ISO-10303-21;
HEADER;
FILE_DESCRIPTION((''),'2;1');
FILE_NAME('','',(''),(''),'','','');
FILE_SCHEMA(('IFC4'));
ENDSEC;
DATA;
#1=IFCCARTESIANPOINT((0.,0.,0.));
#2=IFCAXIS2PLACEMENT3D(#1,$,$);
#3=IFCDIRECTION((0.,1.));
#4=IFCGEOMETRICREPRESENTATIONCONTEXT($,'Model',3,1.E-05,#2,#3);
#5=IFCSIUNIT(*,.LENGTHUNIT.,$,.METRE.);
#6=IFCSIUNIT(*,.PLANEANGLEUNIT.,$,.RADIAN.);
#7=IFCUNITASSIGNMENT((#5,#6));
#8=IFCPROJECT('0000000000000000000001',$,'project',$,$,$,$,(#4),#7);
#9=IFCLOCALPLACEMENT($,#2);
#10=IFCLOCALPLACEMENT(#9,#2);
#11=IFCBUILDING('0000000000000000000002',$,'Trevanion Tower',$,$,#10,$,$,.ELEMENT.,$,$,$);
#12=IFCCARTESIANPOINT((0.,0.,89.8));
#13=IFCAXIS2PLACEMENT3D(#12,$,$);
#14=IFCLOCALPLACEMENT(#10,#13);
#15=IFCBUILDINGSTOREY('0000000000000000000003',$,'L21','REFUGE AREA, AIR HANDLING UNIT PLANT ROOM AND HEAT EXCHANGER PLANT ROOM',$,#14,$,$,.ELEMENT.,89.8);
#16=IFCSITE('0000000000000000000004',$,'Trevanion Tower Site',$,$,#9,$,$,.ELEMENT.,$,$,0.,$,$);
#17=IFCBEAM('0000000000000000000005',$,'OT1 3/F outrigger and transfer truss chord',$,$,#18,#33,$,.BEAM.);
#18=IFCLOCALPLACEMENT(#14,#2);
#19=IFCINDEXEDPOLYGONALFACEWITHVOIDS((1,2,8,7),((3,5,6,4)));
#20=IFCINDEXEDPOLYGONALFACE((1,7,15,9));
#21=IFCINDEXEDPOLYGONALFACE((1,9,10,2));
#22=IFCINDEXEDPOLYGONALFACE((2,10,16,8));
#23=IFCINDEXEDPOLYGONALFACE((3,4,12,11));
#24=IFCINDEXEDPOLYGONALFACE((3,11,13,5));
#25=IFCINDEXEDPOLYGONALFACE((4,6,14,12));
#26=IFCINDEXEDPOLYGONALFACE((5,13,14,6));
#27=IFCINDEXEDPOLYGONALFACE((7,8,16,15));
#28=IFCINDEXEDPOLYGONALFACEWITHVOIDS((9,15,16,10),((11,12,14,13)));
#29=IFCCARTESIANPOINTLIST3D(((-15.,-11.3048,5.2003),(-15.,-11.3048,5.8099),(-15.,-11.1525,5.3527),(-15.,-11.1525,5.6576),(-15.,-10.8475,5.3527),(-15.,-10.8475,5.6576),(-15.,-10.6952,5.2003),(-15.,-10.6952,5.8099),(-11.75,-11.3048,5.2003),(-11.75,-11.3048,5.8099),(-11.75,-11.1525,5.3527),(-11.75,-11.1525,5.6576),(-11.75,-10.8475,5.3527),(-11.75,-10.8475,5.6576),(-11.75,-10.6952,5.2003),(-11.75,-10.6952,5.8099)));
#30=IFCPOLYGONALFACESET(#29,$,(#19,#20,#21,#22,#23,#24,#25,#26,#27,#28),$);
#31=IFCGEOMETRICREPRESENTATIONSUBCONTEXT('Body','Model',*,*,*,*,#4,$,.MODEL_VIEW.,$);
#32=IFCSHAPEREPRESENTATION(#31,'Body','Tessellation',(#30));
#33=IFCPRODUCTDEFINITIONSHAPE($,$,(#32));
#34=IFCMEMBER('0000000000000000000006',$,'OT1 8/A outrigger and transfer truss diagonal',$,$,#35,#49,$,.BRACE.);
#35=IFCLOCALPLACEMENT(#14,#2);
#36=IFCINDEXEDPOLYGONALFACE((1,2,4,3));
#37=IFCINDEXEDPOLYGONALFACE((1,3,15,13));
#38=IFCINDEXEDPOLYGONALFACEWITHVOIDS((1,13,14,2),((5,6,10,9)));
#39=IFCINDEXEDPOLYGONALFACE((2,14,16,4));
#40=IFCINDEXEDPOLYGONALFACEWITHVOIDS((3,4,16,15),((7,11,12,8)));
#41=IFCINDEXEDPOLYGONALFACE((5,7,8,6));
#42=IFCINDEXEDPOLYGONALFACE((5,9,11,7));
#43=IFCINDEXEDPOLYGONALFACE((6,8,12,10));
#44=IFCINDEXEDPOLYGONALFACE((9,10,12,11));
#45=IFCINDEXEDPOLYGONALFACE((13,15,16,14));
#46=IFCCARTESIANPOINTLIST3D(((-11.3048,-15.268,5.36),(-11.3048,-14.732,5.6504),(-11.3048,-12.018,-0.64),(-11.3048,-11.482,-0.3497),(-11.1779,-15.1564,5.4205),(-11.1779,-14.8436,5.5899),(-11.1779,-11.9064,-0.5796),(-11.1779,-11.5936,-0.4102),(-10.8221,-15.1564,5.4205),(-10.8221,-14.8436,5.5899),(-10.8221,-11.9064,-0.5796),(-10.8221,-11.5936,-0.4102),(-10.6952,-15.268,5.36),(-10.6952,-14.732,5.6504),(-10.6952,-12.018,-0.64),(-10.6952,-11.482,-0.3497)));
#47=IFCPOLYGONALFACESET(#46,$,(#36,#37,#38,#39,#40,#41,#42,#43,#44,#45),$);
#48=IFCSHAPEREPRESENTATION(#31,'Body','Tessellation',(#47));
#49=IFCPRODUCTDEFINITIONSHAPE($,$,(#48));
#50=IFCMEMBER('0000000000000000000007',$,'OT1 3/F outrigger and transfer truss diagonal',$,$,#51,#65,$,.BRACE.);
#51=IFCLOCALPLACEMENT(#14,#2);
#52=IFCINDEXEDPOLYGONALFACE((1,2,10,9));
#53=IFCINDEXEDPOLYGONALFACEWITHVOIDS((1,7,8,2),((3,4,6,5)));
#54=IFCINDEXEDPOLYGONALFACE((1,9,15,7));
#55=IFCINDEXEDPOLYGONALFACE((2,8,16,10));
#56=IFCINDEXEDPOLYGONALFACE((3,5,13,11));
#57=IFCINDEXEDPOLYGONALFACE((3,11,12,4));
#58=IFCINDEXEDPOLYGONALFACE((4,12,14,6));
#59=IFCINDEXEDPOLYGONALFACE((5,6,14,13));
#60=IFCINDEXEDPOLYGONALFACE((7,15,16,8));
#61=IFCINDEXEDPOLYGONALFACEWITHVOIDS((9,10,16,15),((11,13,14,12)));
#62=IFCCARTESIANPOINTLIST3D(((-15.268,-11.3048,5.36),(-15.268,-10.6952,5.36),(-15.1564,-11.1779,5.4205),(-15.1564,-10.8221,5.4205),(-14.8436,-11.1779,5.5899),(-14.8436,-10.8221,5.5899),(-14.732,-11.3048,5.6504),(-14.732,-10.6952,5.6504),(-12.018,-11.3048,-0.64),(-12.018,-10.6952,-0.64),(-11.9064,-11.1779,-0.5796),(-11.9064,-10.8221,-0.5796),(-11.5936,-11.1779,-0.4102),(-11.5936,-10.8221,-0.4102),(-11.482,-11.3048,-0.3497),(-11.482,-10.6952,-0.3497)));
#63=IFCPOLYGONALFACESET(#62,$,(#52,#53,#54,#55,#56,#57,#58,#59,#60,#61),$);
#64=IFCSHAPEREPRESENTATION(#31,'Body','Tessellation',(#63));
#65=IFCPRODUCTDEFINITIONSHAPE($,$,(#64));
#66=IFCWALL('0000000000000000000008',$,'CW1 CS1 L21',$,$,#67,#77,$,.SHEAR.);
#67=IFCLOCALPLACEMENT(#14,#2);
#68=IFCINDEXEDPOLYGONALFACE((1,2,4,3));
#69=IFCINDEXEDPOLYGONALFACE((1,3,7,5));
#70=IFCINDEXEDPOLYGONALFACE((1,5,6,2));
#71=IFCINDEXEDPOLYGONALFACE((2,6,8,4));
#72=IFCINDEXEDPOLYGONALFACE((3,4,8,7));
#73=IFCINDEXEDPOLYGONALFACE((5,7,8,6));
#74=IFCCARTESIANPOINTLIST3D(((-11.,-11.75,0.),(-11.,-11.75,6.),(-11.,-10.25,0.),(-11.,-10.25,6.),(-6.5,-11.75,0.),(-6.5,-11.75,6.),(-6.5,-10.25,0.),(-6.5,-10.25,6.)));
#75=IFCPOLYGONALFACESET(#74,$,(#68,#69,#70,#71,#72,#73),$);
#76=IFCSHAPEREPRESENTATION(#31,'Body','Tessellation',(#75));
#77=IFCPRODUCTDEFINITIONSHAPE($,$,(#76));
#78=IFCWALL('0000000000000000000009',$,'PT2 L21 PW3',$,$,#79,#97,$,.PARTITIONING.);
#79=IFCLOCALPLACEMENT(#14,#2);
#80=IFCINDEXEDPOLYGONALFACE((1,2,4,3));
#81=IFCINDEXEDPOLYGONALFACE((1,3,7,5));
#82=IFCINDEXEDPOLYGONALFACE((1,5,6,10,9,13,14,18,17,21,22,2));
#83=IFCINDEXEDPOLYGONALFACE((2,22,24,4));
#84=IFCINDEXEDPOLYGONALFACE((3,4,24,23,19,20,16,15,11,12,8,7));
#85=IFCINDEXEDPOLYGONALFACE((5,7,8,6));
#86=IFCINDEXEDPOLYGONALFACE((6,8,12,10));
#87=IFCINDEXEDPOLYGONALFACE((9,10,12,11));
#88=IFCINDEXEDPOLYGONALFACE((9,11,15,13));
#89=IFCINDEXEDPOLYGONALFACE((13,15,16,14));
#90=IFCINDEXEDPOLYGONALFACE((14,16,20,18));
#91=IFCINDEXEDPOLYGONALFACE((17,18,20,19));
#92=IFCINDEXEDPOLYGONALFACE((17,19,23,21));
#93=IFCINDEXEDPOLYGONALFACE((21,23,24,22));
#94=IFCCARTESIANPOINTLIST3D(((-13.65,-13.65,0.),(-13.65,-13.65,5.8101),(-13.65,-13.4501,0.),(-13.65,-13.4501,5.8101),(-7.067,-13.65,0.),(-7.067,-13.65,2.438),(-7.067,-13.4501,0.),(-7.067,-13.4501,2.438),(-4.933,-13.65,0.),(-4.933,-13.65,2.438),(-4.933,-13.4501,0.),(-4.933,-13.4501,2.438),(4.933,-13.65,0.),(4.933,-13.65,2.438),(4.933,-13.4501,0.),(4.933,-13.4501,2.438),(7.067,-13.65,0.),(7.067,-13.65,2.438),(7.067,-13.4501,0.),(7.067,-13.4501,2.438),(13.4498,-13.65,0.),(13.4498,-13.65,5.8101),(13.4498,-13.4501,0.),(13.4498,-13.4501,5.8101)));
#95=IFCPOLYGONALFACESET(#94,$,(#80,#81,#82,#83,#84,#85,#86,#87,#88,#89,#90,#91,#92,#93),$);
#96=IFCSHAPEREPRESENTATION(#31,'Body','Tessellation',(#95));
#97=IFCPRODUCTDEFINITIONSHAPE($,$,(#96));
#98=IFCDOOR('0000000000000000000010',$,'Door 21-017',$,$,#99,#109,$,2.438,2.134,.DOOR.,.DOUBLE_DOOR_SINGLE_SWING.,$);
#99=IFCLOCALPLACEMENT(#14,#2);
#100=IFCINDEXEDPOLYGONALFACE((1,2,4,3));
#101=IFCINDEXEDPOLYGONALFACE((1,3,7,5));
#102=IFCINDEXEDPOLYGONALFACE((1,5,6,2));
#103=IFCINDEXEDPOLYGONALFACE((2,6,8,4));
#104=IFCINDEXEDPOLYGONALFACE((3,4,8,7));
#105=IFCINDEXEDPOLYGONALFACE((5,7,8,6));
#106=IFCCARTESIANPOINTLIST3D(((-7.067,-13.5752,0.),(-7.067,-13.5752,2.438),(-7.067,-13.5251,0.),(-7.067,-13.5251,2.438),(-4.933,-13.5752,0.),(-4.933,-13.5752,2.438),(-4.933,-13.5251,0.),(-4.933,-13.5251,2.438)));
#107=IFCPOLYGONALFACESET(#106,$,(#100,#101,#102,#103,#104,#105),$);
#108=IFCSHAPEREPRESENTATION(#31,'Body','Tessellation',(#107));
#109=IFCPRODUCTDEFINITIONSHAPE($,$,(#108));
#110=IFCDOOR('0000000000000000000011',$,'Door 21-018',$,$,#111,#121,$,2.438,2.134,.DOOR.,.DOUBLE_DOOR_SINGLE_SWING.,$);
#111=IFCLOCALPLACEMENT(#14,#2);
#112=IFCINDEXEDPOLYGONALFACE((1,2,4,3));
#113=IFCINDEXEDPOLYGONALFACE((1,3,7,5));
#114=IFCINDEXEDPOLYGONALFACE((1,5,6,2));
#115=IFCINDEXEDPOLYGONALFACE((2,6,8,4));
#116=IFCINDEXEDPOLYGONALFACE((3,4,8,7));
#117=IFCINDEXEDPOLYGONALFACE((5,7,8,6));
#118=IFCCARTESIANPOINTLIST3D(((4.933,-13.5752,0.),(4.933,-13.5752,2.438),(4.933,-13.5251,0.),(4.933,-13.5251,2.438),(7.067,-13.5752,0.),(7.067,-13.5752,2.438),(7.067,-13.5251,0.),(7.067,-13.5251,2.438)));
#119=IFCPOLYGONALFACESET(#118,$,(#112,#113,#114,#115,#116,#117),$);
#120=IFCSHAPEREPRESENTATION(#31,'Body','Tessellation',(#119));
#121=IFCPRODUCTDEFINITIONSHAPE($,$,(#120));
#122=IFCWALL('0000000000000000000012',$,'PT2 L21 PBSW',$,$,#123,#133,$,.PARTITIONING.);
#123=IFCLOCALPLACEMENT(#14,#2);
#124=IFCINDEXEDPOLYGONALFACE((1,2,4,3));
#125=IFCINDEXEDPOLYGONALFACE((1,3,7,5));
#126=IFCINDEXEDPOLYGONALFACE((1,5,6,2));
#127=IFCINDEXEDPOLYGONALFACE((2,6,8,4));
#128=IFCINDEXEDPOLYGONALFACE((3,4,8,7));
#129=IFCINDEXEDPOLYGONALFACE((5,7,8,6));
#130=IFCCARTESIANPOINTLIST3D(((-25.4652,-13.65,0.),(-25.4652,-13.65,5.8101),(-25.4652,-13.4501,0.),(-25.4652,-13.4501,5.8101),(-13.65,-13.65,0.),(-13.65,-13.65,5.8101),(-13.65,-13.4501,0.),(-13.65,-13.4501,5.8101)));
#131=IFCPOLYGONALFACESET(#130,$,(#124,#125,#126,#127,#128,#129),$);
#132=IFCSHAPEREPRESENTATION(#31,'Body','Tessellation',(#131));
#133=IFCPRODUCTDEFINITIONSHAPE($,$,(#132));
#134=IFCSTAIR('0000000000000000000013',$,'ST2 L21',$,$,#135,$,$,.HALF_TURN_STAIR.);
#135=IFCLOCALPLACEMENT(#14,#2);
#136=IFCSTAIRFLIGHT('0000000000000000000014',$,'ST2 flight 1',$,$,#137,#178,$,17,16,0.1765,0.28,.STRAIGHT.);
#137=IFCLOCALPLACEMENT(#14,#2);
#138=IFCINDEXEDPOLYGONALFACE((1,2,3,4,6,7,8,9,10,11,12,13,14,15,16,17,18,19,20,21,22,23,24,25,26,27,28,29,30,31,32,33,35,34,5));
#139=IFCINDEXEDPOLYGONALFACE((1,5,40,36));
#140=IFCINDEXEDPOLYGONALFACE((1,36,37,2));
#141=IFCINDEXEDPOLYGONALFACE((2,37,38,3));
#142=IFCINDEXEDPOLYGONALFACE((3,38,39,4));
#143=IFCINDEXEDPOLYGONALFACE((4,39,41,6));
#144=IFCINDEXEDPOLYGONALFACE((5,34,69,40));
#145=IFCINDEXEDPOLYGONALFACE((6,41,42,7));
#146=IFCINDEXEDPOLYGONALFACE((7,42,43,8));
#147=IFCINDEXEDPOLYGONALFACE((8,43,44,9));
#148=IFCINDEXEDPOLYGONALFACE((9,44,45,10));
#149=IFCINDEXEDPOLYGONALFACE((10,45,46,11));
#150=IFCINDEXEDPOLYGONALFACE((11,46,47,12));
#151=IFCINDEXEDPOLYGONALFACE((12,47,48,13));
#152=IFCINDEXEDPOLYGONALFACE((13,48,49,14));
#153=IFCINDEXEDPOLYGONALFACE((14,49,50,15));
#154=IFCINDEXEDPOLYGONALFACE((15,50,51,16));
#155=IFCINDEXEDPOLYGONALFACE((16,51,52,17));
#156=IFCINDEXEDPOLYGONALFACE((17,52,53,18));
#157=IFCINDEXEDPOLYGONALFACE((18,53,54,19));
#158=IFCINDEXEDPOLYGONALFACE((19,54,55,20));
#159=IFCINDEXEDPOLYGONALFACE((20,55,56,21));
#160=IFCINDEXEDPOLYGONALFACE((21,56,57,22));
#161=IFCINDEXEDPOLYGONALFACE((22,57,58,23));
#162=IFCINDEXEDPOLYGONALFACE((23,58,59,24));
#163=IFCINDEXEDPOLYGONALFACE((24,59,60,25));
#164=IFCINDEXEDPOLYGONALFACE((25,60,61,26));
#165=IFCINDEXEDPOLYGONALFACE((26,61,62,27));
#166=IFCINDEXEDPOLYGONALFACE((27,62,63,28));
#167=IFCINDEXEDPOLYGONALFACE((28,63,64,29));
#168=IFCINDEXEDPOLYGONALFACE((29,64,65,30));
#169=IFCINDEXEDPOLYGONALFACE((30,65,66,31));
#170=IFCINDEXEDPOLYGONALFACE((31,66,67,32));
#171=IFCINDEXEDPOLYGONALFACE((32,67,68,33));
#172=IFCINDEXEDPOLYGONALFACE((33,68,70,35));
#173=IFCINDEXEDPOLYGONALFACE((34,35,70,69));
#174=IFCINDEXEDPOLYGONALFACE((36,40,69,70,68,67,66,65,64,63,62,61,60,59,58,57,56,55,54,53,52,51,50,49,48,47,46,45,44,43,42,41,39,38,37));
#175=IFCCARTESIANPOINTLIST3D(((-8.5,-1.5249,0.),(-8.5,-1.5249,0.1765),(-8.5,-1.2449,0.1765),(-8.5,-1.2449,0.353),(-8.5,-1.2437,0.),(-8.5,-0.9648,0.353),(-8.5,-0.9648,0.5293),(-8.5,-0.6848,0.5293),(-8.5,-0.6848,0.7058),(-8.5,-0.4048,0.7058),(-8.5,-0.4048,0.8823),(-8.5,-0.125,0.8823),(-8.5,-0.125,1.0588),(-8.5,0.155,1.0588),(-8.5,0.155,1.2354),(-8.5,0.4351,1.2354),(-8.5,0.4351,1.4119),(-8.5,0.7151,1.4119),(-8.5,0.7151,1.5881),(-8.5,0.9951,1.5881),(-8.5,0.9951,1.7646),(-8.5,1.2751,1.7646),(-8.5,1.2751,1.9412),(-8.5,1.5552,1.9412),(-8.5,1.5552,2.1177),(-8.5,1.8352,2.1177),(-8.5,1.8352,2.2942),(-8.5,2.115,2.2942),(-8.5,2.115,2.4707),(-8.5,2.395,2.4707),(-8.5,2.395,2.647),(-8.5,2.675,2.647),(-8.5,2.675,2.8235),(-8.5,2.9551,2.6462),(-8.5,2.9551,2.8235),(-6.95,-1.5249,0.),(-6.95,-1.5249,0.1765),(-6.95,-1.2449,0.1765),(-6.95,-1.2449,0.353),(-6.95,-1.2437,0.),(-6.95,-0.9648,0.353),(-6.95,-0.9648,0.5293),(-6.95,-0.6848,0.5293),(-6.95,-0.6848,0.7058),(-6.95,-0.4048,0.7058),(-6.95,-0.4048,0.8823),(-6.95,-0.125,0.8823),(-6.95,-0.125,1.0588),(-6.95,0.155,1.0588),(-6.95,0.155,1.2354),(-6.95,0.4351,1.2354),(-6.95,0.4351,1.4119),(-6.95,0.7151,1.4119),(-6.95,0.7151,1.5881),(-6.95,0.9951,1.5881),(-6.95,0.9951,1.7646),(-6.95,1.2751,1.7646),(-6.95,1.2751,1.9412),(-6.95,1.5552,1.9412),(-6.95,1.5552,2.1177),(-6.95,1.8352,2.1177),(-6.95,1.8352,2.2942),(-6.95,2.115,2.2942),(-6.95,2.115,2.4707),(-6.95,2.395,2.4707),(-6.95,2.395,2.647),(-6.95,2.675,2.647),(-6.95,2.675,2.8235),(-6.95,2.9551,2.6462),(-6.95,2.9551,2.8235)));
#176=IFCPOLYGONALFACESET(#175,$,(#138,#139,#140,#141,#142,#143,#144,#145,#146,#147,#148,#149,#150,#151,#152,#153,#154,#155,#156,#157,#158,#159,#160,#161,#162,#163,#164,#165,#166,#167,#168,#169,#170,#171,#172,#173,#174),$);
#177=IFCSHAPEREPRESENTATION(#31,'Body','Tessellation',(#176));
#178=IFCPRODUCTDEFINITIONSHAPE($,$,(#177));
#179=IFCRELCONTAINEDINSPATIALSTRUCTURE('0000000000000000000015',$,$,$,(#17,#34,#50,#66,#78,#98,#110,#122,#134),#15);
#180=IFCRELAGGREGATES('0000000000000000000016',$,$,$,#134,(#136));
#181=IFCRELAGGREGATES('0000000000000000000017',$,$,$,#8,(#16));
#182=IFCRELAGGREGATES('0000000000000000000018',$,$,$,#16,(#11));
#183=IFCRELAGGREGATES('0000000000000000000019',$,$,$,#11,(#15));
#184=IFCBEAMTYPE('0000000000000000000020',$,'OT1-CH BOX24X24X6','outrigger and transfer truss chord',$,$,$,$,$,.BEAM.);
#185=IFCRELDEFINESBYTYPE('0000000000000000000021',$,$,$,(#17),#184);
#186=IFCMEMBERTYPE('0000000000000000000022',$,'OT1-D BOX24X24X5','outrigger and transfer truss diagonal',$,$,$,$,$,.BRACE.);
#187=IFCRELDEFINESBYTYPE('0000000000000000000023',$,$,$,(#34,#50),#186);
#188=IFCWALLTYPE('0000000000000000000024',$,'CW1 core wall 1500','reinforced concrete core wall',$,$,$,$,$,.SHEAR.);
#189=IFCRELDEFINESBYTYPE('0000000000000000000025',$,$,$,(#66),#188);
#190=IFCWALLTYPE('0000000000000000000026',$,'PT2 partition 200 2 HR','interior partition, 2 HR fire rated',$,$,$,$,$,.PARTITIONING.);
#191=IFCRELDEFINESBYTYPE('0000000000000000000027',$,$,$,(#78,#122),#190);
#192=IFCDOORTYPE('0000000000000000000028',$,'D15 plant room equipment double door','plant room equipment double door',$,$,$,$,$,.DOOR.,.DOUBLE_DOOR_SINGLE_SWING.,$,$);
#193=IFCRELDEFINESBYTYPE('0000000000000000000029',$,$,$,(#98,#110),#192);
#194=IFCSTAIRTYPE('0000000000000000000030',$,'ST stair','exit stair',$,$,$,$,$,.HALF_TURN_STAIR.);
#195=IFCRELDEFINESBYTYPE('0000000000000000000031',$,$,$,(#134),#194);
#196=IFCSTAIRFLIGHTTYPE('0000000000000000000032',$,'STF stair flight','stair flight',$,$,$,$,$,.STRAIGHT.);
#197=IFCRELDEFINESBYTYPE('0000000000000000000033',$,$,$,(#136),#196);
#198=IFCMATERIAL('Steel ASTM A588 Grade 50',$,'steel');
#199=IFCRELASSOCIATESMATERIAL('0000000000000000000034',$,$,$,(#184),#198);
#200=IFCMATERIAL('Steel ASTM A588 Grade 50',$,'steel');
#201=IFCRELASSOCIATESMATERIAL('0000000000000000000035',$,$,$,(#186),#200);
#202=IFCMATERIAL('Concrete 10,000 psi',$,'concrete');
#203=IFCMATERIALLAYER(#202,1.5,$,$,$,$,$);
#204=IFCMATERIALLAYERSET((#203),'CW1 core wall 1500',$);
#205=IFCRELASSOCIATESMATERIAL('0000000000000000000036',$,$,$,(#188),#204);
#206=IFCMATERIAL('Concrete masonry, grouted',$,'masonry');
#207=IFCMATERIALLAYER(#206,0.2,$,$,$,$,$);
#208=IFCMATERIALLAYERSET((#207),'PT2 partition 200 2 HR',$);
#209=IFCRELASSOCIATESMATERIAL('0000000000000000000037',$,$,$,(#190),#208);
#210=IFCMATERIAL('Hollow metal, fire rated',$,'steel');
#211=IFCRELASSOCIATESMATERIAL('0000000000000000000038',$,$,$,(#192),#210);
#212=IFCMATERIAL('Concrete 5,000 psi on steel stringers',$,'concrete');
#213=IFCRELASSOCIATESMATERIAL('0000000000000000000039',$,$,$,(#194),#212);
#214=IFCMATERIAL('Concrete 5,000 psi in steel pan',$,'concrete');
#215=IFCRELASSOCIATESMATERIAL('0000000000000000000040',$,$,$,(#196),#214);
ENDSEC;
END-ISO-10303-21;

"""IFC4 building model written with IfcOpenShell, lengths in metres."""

from ifc_helpers import new_model, si_unit, direction, frame, frame_2d, origin, origin_2d, place, context, subcontext, project, spatial, polyline, rectangle, hollow_rectangle, outline, extrude, material, layer, layer_set, material_profile, profile_set, type_object, element, fill, aggregate, save


model = new_model("IFC4")

# Units and contexts
model_context = context("Model", 3, precision=1e-05, world=origin(), true_north=direction((0.0, 1.0)))
body_context = subcontext(model_context, "Body", "Model", "MODEL_VIEW")
ifc_project = project(units=[si_unit("LENGTHUNIT", "METRE"), si_unit("PLANEANGLEUNIT", "RADIAN")], contexts=[model_context])

# Site, building, storey
site_placement = place(None, origin())
site = spatial("IfcSite", under=ifc_project, at=site_placement, Name="Trevanion Tower Site", CompositionType="ELEMENT", RefElevation=0.0)
building_placement = place(site_placement, origin())
building = spatial("IfcBuilding", under=site, at=building_placement, Name="Trevanion Tower", CompositionType="ELEMENT")
storey_placement = place(building_placement, frame((0.0, 0.0, 89.8)))
storey = spatial("IfcBuildingStorey", under=building, at=storey_placement, Name="L21", Description="REFUGE AREA, AIR HANDLING UNIT PLANT ROOM AND HEAT EXCHANGER PLANT ROOM", CompositionType="ELEMENT", Elevation=89.8)

# Beam
ifc_material_1 = material(Name="Steel ASTM A588 Grade 50", Category="steel")
ifc_material_profile_1 = material_profile(ifc_material_1, hollow_rectangle(XDim=0.6096, YDim=0.6096, WallThickness=0.1523, at=origin_2d()), Name="BOX24X24X6")
ifc_profile_set_1 = profile_set([ifc_material_profile_1], Name="Steel ASTM A588 Grade 50")
beam_type_1 = type_object("IfcBeamType", Name="OT1-CH BOX24X24X6", Description="outrigger and transfer truss chord", PredefinedType="BEAM", material=ifc_profile_set_1)
beam_1_placement = place(storey_placement, frame((-11.75, -11.0, 5.5051), z_axis=(-1.0, 0.0, 0.0), x_axis=(0.0, -1.0, 0.0)))
element("IfcBeam", 1, at=beam_1_placement, inside=storey, type_object=beam_type_1, Name="OT1 3/F outrigger and transfer truss chord", PredefinedType="BEAM", context=body_context, shape_type="SweptSolid", body=[
    extrude(hollow_rectangle(XDim=0.6096, YDim=0.6096, WallThickness=0.1523, at=origin_2d()), origin(), (0.0, 0.0, 1.0), 3.25),
])

# Members
ifc_material_2 = material(Name="Steel ASTM A588 Grade 50", Category="steel")
ifc_material_profile_2 = material_profile(ifc_material_2, hollow_rectangle(XDim=0.6096, YDim=0.6096, WallThickness=0.127, at=origin_2d()), Name="BOX24X24X5")
ifc_profile_set_2 = profile_set([ifc_material_profile_2], Name="Steel ASTM A588 Grade 50")
member_type = type_object("IfcMemberType", Name="OT1-D BOX24X24X5", Description="outrigger and transfer truss diagonal", PredefinedType="BRACE", material=ifc_profile_set_2)
for number, where, z_axis, x_axis, name in (
    (2, (-11.0, -11.75, -0.4949), (0.0, -0.476283, 0.879292), (1.0, 0.0, 0.0), "OT1 8/A outrigger and transfer truss diagonal"),
    (3, (-11.75, -11.0, -0.4949), (-0.476283, 0.0, 0.879292), (0.0, -1.0, 0.0), "OT1 3/F outrigger and transfer truss diagonal"),
):
    element("IfcMember", number, at=place(storey_placement, frame(where, z_axis=z_axis, x_axis=x_axis)), inside=storey, type_object=member_type, Name=name, PredefinedType="BRACE", context=body_context, shape_type="SweptSolid", body=[
        extrude(hollow_rectangle(XDim=0.6096, YDim=0.6096, WallThickness=0.127, at=origin_2d()), origin(), (0.0, 0.0, 1.0), 6.8237),
    ])

# Wall
ifc_material_3 = material(Name="Concrete 10,000 psi", Category="concrete")
ifc_layer_1 = layer(ifc_material_3, 1.5)
ifc_layer_set_1 = layer_set([ifc_layer_1], Name="CW1 core wall 1500")
wall_type_1 = type_object("IfcWallType", Name="CW1 core wall 1500", Description="reinforced concrete core wall", PredefinedType="SHEAR", material=ifc_layer_set_1)
wall_1_placement = place(storey_placement, frame((-11.0, -11.0, 0.0), z_axis=(0.0, 0.0, 1.0), x_axis=(1.0, 0.0, 0.0)))
element("IfcWall", 4, at=wall_1_placement, inside=storey, type_object=wall_type_1, Name="CW1 CS1 L21", PredefinedType="SHEAR", context=body_context, shape_type="SweptSolid", body=[
    extrude(rectangle(XDim=4.5, YDim=1.5, at=frame_2d((2.25, 0.0))), origin(), (0.0, 0.0, 1.0), 6.0),
])

# Wall, openings, doors
ifc_material_4 = material(Name="Concrete masonry, grouted", Category="masonry")
ifc_layer_2 = layer(ifc_material_4, 0.2)
ifc_layer_set_2 = layer_set([ifc_layer_2], Name="PT2 partition 200 2 HR")
wall_type_2 = type_object("IfcWallType", Name="PT2 partition 200 2 HR", Description="interior partition, 2 HR fire rated", PredefinedType="PARTITIONING", material=ifc_layer_set_2)
wall_2_placement = place(storey_placement, frame((-13.6499, -13.55, 0.0), z_axis=(0.0, 0.0, 1.0), x_axis=(1.0, 0.0, 0.0)))
wall_2 = element("IfcWall", 5, at=wall_2_placement, inside=storey, type_object=wall_type_2, Name="PT2 L21 PW3", PredefinedType="PARTITIONING", context=body_context, shape_type="SweptSolid", body=[
    extrude(rectangle(XDim=27.0999, YDim=0.2, at=frame_2d((13.5498, 0.0))), origin(), (0.0, 0.0, 1.0), 5.8101),
])
opening_1_placement = place(wall_2_placement, frame((6.583, 0.0, 0.0)))
opening_1 = element("IfcOpeningElement", 6, at=opening_1_placement, cuts=wall_2, PredefinedType="OPENING", context=body_context, shape_type="SweptSolid", body=[
    extrude(rectangle(XDim=2.134, YDim=2.438, at=frame_2d((1.0669, 1.219))), frame((0.0, 0.1099, 0.0), z_axis=(0.0, -1.0, 0.0), x_axis=(1.0, 0.0, 0.0)), (0.0, 0.0, 1.0), 0.22),
])
opening_2_placement = place(wall_2_placement, frame((18.583, 0.0, 0.0)))
opening_2 = element("IfcOpeningElement", 7, at=opening_2_placement, cuts=wall_2, PredefinedType="OPENING", context=body_context, shape_type="SweptSolid", body=[
    extrude(rectangle(XDim=2.134, YDim=2.438, at=frame_2d((1.0669, 1.219))), frame((0.0, 0.1099, 0.0), z_axis=(0.0, -1.0, 0.0), x_axis=(1.0, 0.0, 0.0)), (0.0, 0.0, 1.0), 0.22),
])
ifc_material_5 = material(Name="Hollow metal, fire rated", Category="steel")
door_type = type_object("IfcDoorType", Name="D15 plant room equipment double door", Description="plant room equipment double door", OperationType="DOUBLE_DOOR_SINGLE_SWING", PredefinedType="DOOR", material=ifc_material_5)
door_1_placement = place(opening_1_placement, origin())
door_1 = element("IfcDoor", 8, at=door_1_placement, inside=storey, type_object=door_type, Name="Door 21-017", OperationType="DOUBLE_DOOR_SINGLE_SWING", OverallHeight=2.438, OverallWidth=2.134, PredefinedType="DOOR", context=body_context, shape_type="SweptSolid", body=[
    extrude(rectangle(XDim=2.134, YDim=2.438, at=frame_2d((1.0669, 1.219))), frame((0.0, 0.0249, 0.0), z_axis=(0.0, -1.0, 0.0), x_axis=(1.0, 0.0, 0.0)), (0.0, 0.0, 1.0), 0.05),
])
fill(opening_1, door_1)
door_2_placement = place(opening_2_placement, origin())
door_2 = element("IfcDoor", 9, at=door_2_placement, inside=storey, type_object=door_type, Name="Door 21-018", OperationType="DOUBLE_DOOR_SINGLE_SWING", OverallHeight=2.438, OverallWidth=2.134, PredefinedType="DOOR", context=body_context, shape_type="SweptSolid", body=[
    extrude(rectangle(XDim=2.134, YDim=2.438, at=frame_2d((1.0669, 1.219))), frame((0.0, 0.0249, 0.0), z_axis=(0.0, -1.0, 0.0), x_axis=(1.0, 0.0, 0.0)), (0.0, 0.0, 1.0), 0.05),
])
fill(opening_2, door_2)

# Wall
wall_3_placement = place(storey_placement, frame((-13.6499, -13.55, 0.0), z_axis=(0.0, 0.0, 1.0), x_axis=(-1.0, 0.0, 0.0)))
element("IfcWall", 10, at=wall_3_placement, inside=storey, type_object=wall_type_2, Name="PT2 L21 PBSW", PredefinedType="PARTITIONING", context=body_context, shape_type="SweptSolid", body=[
    extrude(rectangle(XDim=11.8152, YDim=0.2, at=frame_2d((5.9077, 0.0))), origin(), (0.0, 0.0, 1.0), 5.8101),
])

# Stair, stair flight
ifc_material_6 = material(Name="Concrete 5,000 psi on steel stringers", Category="concrete")
stair_type = type_object("IfcStairType", Name="ST stair", Description="exit stair", PredefinedType="HALF_TURN_STAIR", material=ifc_material_6)
stair_placement = place(storey_placement, origin())
stair = element("IfcStair", 11, at=stair_placement, inside=storey, type_object=stair_type, Name="ST2 L21", PredefinedType="HALF_TURN_STAIR")
ifc_material_7 = material(Name="Concrete 5,000 psi in steel pan", Category="concrete")
stair_flight_type = type_object("IfcStairFlightType", Name="STF stair flight", Description="stair flight", PredefinedType="STRAIGHT", material=ifc_material_7)
stair_flight_placement = place(storey_placement, frame((-7.7251, -1.5249, 0.0), z_axis=(0.0, 0.0, 1.0), x_axis=(0.0, 1.0, 0.0)))
stair_flight = element("IfcStairFlight", 12, at=stair_flight_placement, type_object=stair_flight_type, Name="ST2 flight 1", NumberOfRisers=17, NumberOfTreads=16, PredefinedType="STRAIGHT", RiserHeight=0.1765, TreadLength=0.28, context=body_context, shape_type="SweptSolid", body=[
    extrude(outline(polyline([(0.0, 0.0), (0.0, 0.1765), (0.28, 0.1765), (0.28, 0.353), (0.5601, 0.353), (0.5601, 0.5293), (0.8401, 0.5293), (0.8401, 0.7058), (1.1201, 0.7058), (1.1201, 0.8823), (1.3999, 0.8823), (1.3999, 1.0588), (1.6799, 1.0588), (1.6799, 1.2354), (1.96, 1.2354), (1.96, 1.4119), (2.24, 1.4119), (2.24, 1.5881), (2.52, 1.5881), (2.52, 1.7646), (2.8, 1.7646), (2.8, 1.9412), (3.0801, 1.9412), (3.0801, 2.1177), (3.3601, 2.1177), (3.3601, 2.2942), (3.6399, 2.2942), (3.6399, 2.4707), (3.9199, 2.4707), (3.9199, 2.647), (4.2, 2.647), (4.2, 2.8235), (4.48, 2.8235), (4.48, 3.0), (4.48, 2.6462), (0.2812, 0.0), (0.0, 0.0)])), frame((0.0, 0.7749, 0.0), z_axis=(0.0, -1.0, 0.0), x_axis=(1.0, 0.0, 0.0)), (0.0, 0.0, 1.0), 1.55),
])
aggregate(stair, [stair_flight])

save(model, "model.ifc")
